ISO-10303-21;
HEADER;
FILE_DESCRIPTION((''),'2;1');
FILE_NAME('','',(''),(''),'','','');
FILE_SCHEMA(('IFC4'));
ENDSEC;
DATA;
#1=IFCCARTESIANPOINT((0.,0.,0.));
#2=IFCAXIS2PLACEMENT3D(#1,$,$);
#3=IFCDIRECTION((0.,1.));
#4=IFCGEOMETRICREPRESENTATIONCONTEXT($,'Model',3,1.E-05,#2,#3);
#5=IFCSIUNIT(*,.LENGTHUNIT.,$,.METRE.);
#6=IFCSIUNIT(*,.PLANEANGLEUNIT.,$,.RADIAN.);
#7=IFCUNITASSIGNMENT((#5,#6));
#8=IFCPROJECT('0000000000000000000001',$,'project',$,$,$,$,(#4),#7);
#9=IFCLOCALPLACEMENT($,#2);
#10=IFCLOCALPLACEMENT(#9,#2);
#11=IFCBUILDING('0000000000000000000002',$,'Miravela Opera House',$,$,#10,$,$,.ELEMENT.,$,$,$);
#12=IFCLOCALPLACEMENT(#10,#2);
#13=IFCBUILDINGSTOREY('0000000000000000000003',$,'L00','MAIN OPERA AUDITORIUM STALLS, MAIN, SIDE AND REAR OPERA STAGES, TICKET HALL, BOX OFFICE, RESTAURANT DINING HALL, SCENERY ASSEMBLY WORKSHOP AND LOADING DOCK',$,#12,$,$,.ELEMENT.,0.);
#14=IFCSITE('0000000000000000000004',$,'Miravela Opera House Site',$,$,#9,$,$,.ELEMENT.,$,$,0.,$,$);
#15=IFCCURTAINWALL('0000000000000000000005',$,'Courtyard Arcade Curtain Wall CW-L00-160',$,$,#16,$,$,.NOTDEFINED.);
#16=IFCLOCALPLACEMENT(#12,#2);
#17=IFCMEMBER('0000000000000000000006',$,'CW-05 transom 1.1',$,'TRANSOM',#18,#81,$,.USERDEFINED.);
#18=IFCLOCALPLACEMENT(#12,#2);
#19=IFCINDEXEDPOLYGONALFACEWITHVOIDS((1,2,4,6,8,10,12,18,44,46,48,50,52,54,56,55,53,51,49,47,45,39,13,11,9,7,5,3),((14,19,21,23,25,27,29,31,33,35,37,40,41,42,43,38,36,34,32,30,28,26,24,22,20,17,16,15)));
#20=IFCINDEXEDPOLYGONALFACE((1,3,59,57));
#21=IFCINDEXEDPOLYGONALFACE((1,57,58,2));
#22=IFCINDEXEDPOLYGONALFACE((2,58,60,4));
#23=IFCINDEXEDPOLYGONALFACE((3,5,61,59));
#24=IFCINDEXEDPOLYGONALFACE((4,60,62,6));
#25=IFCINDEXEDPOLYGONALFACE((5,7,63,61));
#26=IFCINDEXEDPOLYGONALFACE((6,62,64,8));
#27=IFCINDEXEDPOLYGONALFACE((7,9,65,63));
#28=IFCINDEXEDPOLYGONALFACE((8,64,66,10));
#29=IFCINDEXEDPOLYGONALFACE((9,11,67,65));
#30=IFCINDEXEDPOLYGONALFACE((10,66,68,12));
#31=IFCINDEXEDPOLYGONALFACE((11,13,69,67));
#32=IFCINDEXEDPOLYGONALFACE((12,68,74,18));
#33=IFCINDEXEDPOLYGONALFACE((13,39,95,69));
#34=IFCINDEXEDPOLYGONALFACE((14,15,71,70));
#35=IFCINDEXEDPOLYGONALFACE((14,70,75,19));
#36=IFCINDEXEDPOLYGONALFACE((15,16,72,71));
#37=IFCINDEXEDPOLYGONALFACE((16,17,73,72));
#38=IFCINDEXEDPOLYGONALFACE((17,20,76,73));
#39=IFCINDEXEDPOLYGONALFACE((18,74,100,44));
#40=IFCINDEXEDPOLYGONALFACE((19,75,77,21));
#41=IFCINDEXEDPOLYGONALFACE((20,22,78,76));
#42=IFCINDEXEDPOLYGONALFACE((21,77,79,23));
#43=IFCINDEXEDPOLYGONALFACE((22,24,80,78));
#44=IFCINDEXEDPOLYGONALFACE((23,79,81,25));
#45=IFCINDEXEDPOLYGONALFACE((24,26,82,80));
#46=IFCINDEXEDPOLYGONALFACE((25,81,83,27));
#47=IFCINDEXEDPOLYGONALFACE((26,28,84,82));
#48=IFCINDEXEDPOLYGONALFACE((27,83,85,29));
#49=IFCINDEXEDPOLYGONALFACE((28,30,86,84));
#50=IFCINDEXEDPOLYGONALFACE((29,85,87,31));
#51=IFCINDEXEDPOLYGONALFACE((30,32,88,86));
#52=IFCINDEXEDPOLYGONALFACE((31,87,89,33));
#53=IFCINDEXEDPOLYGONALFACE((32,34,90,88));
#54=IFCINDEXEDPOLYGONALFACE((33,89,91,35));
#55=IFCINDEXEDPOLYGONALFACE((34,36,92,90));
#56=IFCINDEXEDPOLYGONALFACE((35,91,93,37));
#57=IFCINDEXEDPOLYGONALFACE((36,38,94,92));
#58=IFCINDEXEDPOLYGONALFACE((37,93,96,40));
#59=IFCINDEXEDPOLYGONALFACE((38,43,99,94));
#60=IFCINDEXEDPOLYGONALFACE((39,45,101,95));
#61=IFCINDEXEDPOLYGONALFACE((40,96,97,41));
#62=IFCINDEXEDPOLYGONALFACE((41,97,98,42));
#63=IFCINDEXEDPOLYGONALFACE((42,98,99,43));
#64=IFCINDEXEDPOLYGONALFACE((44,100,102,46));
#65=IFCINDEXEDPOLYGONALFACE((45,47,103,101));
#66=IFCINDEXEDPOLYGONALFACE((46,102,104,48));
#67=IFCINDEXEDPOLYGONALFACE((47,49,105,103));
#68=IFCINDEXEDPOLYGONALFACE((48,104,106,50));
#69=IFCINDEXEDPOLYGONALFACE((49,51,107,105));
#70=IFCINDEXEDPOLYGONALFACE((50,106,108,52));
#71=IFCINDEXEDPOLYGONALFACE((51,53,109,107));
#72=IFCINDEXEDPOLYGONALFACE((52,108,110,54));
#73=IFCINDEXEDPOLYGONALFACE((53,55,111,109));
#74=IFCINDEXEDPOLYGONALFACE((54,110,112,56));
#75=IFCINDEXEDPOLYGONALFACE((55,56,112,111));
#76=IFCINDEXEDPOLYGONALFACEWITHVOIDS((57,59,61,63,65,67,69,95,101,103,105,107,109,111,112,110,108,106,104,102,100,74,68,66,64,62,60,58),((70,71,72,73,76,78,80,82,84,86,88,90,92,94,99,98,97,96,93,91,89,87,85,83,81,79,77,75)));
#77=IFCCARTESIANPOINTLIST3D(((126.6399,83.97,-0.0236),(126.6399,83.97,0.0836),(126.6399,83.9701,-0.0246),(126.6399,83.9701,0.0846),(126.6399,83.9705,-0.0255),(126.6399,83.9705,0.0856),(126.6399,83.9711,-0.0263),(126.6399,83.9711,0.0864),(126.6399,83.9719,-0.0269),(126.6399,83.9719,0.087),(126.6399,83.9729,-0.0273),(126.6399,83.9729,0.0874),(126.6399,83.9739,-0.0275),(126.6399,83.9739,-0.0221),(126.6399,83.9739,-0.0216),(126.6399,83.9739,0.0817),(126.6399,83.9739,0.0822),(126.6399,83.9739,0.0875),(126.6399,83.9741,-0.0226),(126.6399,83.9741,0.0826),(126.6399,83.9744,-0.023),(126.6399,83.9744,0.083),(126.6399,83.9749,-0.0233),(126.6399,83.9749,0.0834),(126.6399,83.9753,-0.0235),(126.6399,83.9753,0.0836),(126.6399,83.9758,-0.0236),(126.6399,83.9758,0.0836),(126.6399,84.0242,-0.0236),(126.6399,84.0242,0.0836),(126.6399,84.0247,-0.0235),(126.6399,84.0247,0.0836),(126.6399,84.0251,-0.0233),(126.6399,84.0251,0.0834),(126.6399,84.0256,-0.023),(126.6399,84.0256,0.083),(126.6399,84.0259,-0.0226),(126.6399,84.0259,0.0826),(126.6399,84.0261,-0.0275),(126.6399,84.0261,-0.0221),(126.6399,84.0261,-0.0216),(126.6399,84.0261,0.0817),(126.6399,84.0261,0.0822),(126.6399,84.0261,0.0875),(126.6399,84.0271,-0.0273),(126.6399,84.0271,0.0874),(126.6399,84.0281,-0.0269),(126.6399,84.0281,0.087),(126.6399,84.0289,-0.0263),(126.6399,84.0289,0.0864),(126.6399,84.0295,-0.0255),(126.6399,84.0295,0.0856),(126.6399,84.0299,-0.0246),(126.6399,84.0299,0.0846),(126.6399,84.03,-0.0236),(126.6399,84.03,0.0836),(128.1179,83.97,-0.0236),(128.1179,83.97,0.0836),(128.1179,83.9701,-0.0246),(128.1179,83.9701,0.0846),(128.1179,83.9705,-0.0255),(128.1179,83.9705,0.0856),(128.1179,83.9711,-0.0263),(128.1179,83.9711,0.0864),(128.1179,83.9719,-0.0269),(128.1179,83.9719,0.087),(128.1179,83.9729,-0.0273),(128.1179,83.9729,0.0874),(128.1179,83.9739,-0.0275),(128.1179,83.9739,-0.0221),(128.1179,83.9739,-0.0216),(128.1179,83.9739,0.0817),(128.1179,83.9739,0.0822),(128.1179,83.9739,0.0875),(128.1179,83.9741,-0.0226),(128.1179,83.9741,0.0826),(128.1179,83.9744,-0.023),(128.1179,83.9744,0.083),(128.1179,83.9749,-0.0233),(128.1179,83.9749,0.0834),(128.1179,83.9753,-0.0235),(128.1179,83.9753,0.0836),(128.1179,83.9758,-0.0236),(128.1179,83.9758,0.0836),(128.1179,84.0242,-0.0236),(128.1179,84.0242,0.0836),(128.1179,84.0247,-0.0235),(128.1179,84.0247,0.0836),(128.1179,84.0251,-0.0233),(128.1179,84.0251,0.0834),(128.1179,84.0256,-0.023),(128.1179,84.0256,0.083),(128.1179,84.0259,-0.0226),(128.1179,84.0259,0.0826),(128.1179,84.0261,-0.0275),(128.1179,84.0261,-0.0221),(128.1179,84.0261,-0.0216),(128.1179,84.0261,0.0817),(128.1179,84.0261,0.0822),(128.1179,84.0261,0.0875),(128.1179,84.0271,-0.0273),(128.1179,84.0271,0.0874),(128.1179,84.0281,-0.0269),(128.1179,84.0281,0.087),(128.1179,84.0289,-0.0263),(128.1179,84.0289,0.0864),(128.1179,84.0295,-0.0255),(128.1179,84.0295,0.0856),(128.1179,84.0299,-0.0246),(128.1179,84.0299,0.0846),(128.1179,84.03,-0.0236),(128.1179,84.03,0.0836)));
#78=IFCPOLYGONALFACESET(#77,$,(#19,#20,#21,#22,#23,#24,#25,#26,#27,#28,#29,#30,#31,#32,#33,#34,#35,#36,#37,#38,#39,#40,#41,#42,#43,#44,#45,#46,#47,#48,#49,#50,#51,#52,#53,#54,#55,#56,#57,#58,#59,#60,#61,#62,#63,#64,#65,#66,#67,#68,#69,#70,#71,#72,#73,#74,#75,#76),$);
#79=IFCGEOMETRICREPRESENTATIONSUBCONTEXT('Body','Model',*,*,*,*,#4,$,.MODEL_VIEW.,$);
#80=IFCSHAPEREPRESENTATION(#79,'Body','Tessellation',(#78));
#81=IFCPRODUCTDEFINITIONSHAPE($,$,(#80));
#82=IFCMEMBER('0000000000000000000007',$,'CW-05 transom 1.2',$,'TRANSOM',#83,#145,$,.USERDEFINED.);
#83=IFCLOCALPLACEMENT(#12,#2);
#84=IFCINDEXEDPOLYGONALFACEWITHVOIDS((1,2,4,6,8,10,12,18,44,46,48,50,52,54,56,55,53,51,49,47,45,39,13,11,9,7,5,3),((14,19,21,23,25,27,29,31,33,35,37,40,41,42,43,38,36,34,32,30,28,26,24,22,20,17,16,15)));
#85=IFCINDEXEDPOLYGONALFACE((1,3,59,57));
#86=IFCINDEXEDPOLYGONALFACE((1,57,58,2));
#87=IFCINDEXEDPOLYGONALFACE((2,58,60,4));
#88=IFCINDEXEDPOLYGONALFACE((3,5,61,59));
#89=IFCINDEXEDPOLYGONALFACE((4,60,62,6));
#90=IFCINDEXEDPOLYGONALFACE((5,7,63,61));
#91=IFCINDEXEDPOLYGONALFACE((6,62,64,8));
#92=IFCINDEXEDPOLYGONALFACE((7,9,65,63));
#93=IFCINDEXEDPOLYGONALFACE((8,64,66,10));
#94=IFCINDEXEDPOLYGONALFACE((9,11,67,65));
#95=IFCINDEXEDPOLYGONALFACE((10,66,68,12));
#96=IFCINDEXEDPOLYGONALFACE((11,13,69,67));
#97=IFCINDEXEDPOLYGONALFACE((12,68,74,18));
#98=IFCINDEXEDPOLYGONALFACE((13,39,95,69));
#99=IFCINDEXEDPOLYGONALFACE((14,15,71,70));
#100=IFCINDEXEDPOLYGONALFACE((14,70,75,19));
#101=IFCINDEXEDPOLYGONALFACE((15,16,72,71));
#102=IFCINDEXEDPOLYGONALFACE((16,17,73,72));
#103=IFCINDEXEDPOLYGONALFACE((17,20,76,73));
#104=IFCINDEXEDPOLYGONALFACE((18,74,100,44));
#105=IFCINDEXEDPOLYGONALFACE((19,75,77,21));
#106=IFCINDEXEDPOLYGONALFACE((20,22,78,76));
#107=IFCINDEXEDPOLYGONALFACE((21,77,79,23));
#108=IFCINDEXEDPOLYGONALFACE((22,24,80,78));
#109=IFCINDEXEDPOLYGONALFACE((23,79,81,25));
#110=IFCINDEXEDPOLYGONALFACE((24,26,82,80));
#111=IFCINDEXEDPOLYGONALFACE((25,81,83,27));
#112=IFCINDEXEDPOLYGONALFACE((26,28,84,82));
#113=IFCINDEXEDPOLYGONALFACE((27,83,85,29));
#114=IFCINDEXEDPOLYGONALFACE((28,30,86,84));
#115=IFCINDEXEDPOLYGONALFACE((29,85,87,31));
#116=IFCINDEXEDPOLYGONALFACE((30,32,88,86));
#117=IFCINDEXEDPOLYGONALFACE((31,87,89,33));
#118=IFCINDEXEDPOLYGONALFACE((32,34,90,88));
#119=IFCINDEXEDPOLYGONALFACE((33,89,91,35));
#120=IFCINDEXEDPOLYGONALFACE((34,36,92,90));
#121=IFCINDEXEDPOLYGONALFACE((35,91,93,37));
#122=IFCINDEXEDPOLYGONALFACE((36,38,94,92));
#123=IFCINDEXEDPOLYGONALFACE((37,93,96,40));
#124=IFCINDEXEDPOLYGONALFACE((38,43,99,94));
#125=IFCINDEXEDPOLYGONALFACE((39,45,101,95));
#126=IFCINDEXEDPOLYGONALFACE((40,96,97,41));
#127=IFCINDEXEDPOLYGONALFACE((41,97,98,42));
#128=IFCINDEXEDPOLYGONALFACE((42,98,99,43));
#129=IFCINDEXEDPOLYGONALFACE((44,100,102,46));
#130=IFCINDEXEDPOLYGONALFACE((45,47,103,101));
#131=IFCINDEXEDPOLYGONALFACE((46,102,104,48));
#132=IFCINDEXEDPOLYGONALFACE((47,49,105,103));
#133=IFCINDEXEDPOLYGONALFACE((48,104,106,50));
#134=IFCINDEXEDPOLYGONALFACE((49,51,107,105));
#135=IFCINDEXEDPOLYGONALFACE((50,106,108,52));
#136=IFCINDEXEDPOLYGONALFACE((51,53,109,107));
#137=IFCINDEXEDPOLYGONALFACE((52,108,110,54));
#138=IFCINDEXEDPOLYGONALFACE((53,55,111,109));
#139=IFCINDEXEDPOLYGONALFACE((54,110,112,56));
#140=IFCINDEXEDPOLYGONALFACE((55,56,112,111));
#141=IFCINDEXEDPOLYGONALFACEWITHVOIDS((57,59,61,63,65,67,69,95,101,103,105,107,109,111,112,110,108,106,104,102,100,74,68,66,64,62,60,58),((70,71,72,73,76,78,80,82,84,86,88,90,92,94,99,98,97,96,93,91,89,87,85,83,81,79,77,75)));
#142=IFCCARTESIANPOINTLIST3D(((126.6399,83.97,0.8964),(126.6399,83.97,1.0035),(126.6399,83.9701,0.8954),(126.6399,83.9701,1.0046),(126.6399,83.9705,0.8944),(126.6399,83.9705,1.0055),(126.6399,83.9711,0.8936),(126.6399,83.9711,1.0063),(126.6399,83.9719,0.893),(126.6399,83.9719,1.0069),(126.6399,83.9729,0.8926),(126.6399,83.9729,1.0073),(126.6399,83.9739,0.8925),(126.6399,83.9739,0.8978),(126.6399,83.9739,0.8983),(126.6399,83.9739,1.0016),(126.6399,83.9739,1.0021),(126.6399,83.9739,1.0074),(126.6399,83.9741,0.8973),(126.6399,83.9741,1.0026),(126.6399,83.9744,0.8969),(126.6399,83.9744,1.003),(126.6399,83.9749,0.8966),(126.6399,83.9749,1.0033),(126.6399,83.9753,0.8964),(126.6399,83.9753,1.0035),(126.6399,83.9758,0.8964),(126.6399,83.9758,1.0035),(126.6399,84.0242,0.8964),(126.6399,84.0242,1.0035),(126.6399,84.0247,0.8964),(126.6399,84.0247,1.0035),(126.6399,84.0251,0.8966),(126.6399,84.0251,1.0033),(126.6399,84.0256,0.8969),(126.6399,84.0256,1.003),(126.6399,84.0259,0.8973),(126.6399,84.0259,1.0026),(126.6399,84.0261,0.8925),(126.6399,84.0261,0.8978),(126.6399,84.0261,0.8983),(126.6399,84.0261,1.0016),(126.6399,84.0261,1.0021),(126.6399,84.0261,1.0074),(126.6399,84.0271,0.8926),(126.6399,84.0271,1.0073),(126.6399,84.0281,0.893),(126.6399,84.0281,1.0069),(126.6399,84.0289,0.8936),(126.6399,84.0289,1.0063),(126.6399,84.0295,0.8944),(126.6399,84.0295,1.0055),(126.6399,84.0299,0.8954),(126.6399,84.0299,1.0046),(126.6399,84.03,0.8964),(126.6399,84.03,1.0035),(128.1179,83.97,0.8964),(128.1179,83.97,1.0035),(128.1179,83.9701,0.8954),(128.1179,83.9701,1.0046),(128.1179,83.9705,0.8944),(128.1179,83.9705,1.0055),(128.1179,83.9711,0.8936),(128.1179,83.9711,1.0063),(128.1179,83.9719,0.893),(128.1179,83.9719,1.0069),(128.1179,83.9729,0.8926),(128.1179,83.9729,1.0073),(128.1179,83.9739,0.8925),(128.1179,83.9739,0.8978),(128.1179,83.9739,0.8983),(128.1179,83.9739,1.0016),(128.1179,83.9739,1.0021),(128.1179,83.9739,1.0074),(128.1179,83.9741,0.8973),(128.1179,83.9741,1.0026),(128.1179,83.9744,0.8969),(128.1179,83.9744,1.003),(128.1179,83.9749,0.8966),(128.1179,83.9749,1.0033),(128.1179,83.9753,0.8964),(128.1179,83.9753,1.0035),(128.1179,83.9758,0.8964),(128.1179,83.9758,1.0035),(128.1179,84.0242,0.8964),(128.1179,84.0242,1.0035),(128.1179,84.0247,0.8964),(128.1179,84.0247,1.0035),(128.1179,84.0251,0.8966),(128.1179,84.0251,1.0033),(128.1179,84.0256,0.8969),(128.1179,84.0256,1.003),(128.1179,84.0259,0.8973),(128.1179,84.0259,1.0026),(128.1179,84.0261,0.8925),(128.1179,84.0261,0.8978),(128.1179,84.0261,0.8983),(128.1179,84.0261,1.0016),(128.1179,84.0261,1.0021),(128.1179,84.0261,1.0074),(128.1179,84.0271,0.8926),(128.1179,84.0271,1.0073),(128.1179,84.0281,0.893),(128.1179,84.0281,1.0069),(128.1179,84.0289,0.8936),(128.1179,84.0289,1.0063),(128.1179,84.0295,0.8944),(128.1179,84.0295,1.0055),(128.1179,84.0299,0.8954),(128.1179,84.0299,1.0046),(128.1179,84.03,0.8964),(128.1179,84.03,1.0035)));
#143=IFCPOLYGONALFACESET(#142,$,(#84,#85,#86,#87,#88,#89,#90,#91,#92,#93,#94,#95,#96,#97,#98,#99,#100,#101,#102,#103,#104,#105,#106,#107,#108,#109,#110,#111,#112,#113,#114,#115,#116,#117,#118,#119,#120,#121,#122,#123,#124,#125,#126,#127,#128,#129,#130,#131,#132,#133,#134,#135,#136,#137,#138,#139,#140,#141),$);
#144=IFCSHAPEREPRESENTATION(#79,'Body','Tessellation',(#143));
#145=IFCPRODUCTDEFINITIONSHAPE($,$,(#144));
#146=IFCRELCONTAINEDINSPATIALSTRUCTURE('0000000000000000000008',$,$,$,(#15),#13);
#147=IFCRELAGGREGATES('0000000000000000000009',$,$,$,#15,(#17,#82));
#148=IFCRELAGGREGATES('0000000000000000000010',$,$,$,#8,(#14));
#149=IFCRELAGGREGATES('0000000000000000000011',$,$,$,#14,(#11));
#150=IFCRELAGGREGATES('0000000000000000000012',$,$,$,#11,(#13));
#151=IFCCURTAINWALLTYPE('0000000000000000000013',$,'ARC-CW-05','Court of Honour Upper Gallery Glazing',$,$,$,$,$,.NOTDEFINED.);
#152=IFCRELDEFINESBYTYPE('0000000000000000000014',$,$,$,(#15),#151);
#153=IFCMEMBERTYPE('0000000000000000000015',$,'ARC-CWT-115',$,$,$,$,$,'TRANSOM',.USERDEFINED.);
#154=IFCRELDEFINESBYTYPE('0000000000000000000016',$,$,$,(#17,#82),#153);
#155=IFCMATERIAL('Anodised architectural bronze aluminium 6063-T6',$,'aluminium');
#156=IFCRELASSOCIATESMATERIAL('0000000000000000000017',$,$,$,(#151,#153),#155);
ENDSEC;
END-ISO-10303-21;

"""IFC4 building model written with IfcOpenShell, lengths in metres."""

from ifc_helpers import new_model, si_unit, direction, frame, origin, origin_2d, place, context, subcontext, project, spatial, hollow_rectangle, extrude, material, material_profile, profile_set, type_object, element, aggregate, save


model = new_model("IFC4")

# Units and contexts
model_context = context("Model", 3, precision=1e-05, world=origin(), true_north=direction((0.0, 1.0)))
body_context = subcontext(model_context, "Body", "Model", "MODEL_VIEW")
ifc_project = project(units=[si_unit("LENGTHUNIT", "METRE"), si_unit("PLANEANGLEUNIT", "RADIAN")], contexts=[model_context])

# Site, building, storey
site_placement = place(None, origin())
site = spatial("IfcSite", under=ifc_project, at=site_placement, Name="Miravela Opera House Site", CompositionType="ELEMENT", RefElevation=0.0)
building_placement = place(site_placement, origin())
building = spatial("IfcBuilding", under=site, at=building_placement, Name="Miravela Opera House", CompositionType="ELEMENT")
storey_placement = place(building_placement, origin())
storey = spatial("IfcBuildingStorey", under=building, at=storey_placement, Name="L00", Description="MAIN OPERA AUDITORIUM STALLS, MAIN, SIDE AND REAR OPERA STAGES, TICKET HALL, BOX OFFICE, RESTAURANT DINING HALL, SCENERY ASSEMBLY WORKSHOP AND LOADING DOCK", CompositionType="ELEMENT", Elevation=0.0)

# Shared definitions
ifc_material_1 = material(Name="Anodised architectural bronze aluminium 6063-T6", Category="aluminium")
curtain_wall_type = type_object("IfcCurtainWallType", Name="ARC-CW-05", Description="Court of Honour Upper Gallery Glazing", PredefinedType="NOTDEFINED", material=ifc_material_1)

# Curtain wall, members
curtain_wall_1_placement = place(storey_placement, origin())
curtain_wall_1 = element("IfcCurtainWall", 1, at=curtain_wall_1_placement, inside=storey, type_object=curtain_wall_type, Name="Courtyard Arcade Curtain Wall CW-L00-160", PredefinedType="NOTDEFINED")
ifc_material_profile_1 = material_profile(ifc_material_1, hollow_rectangle(XDim=0.0601, YDim=0.115, WallThickness=0.0039, InnerFilletRadius=0.002, OuterFilletRadius=0.0039, at=origin_2d()), Name="CWT-60X115")
ifc_profile_set_1 = profile_set([ifc_material_profile_1])
member_type_1 = type_object("IfcMemberType", Name="ARC-CWT-115", ElementType="TRANSOM", PredefinedType="USERDEFINED", material=ifc_profile_set_1)
member_1_placement = place(storey_placement, frame((126.6399, 84.0, 0.03), z_axis=(1.0, 0.0, 0.0), x_axis=(0.0, 1.0, 0.0)))
member_1 = element("IfcMember", 2, at=member_1_placement, type_object=member_type_1, Name="CW-05 transom 1.1", ObjectType="TRANSOM", PredefinedType="USERDEFINED", context=body_context, shape_type="SweptSolid", body=[
    extrude(hollow_rectangle(XDim=0.0601, YDim=0.115, WallThickness=0.0039, InnerFilletRadius=0.002, OuterFilletRadius=0.0039, at=origin_2d()), origin(), (0.0, 0.0, 1.0), 1.478),
])
member_2_placement = place(storey_placement, frame((126.6399, 84.0, 0.95), z_axis=(1.0, 0.0, 0.0), x_axis=(0.0, 1.0, 0.0)))
member_2 = element("IfcMember", 3, at=member_2_placement, type_object=member_type_1, Name="CW-05 transom 1.2", ObjectType="TRANSOM", PredefinedType="USERDEFINED", context=body_context, shape_type="SweptSolid", body=[
    extrude(hollow_rectangle(XDim=0.0601, YDim=0.115, WallThickness=0.0039, InnerFilletRadius=0.002, OuterFilletRadius=0.0039, at=origin_2d()), origin(), (0.0, 0.0, 1.0), 1.478),
])

aggregate(curtain_wall_1, [member_1, member_2])

save(model, "model.ifc")
